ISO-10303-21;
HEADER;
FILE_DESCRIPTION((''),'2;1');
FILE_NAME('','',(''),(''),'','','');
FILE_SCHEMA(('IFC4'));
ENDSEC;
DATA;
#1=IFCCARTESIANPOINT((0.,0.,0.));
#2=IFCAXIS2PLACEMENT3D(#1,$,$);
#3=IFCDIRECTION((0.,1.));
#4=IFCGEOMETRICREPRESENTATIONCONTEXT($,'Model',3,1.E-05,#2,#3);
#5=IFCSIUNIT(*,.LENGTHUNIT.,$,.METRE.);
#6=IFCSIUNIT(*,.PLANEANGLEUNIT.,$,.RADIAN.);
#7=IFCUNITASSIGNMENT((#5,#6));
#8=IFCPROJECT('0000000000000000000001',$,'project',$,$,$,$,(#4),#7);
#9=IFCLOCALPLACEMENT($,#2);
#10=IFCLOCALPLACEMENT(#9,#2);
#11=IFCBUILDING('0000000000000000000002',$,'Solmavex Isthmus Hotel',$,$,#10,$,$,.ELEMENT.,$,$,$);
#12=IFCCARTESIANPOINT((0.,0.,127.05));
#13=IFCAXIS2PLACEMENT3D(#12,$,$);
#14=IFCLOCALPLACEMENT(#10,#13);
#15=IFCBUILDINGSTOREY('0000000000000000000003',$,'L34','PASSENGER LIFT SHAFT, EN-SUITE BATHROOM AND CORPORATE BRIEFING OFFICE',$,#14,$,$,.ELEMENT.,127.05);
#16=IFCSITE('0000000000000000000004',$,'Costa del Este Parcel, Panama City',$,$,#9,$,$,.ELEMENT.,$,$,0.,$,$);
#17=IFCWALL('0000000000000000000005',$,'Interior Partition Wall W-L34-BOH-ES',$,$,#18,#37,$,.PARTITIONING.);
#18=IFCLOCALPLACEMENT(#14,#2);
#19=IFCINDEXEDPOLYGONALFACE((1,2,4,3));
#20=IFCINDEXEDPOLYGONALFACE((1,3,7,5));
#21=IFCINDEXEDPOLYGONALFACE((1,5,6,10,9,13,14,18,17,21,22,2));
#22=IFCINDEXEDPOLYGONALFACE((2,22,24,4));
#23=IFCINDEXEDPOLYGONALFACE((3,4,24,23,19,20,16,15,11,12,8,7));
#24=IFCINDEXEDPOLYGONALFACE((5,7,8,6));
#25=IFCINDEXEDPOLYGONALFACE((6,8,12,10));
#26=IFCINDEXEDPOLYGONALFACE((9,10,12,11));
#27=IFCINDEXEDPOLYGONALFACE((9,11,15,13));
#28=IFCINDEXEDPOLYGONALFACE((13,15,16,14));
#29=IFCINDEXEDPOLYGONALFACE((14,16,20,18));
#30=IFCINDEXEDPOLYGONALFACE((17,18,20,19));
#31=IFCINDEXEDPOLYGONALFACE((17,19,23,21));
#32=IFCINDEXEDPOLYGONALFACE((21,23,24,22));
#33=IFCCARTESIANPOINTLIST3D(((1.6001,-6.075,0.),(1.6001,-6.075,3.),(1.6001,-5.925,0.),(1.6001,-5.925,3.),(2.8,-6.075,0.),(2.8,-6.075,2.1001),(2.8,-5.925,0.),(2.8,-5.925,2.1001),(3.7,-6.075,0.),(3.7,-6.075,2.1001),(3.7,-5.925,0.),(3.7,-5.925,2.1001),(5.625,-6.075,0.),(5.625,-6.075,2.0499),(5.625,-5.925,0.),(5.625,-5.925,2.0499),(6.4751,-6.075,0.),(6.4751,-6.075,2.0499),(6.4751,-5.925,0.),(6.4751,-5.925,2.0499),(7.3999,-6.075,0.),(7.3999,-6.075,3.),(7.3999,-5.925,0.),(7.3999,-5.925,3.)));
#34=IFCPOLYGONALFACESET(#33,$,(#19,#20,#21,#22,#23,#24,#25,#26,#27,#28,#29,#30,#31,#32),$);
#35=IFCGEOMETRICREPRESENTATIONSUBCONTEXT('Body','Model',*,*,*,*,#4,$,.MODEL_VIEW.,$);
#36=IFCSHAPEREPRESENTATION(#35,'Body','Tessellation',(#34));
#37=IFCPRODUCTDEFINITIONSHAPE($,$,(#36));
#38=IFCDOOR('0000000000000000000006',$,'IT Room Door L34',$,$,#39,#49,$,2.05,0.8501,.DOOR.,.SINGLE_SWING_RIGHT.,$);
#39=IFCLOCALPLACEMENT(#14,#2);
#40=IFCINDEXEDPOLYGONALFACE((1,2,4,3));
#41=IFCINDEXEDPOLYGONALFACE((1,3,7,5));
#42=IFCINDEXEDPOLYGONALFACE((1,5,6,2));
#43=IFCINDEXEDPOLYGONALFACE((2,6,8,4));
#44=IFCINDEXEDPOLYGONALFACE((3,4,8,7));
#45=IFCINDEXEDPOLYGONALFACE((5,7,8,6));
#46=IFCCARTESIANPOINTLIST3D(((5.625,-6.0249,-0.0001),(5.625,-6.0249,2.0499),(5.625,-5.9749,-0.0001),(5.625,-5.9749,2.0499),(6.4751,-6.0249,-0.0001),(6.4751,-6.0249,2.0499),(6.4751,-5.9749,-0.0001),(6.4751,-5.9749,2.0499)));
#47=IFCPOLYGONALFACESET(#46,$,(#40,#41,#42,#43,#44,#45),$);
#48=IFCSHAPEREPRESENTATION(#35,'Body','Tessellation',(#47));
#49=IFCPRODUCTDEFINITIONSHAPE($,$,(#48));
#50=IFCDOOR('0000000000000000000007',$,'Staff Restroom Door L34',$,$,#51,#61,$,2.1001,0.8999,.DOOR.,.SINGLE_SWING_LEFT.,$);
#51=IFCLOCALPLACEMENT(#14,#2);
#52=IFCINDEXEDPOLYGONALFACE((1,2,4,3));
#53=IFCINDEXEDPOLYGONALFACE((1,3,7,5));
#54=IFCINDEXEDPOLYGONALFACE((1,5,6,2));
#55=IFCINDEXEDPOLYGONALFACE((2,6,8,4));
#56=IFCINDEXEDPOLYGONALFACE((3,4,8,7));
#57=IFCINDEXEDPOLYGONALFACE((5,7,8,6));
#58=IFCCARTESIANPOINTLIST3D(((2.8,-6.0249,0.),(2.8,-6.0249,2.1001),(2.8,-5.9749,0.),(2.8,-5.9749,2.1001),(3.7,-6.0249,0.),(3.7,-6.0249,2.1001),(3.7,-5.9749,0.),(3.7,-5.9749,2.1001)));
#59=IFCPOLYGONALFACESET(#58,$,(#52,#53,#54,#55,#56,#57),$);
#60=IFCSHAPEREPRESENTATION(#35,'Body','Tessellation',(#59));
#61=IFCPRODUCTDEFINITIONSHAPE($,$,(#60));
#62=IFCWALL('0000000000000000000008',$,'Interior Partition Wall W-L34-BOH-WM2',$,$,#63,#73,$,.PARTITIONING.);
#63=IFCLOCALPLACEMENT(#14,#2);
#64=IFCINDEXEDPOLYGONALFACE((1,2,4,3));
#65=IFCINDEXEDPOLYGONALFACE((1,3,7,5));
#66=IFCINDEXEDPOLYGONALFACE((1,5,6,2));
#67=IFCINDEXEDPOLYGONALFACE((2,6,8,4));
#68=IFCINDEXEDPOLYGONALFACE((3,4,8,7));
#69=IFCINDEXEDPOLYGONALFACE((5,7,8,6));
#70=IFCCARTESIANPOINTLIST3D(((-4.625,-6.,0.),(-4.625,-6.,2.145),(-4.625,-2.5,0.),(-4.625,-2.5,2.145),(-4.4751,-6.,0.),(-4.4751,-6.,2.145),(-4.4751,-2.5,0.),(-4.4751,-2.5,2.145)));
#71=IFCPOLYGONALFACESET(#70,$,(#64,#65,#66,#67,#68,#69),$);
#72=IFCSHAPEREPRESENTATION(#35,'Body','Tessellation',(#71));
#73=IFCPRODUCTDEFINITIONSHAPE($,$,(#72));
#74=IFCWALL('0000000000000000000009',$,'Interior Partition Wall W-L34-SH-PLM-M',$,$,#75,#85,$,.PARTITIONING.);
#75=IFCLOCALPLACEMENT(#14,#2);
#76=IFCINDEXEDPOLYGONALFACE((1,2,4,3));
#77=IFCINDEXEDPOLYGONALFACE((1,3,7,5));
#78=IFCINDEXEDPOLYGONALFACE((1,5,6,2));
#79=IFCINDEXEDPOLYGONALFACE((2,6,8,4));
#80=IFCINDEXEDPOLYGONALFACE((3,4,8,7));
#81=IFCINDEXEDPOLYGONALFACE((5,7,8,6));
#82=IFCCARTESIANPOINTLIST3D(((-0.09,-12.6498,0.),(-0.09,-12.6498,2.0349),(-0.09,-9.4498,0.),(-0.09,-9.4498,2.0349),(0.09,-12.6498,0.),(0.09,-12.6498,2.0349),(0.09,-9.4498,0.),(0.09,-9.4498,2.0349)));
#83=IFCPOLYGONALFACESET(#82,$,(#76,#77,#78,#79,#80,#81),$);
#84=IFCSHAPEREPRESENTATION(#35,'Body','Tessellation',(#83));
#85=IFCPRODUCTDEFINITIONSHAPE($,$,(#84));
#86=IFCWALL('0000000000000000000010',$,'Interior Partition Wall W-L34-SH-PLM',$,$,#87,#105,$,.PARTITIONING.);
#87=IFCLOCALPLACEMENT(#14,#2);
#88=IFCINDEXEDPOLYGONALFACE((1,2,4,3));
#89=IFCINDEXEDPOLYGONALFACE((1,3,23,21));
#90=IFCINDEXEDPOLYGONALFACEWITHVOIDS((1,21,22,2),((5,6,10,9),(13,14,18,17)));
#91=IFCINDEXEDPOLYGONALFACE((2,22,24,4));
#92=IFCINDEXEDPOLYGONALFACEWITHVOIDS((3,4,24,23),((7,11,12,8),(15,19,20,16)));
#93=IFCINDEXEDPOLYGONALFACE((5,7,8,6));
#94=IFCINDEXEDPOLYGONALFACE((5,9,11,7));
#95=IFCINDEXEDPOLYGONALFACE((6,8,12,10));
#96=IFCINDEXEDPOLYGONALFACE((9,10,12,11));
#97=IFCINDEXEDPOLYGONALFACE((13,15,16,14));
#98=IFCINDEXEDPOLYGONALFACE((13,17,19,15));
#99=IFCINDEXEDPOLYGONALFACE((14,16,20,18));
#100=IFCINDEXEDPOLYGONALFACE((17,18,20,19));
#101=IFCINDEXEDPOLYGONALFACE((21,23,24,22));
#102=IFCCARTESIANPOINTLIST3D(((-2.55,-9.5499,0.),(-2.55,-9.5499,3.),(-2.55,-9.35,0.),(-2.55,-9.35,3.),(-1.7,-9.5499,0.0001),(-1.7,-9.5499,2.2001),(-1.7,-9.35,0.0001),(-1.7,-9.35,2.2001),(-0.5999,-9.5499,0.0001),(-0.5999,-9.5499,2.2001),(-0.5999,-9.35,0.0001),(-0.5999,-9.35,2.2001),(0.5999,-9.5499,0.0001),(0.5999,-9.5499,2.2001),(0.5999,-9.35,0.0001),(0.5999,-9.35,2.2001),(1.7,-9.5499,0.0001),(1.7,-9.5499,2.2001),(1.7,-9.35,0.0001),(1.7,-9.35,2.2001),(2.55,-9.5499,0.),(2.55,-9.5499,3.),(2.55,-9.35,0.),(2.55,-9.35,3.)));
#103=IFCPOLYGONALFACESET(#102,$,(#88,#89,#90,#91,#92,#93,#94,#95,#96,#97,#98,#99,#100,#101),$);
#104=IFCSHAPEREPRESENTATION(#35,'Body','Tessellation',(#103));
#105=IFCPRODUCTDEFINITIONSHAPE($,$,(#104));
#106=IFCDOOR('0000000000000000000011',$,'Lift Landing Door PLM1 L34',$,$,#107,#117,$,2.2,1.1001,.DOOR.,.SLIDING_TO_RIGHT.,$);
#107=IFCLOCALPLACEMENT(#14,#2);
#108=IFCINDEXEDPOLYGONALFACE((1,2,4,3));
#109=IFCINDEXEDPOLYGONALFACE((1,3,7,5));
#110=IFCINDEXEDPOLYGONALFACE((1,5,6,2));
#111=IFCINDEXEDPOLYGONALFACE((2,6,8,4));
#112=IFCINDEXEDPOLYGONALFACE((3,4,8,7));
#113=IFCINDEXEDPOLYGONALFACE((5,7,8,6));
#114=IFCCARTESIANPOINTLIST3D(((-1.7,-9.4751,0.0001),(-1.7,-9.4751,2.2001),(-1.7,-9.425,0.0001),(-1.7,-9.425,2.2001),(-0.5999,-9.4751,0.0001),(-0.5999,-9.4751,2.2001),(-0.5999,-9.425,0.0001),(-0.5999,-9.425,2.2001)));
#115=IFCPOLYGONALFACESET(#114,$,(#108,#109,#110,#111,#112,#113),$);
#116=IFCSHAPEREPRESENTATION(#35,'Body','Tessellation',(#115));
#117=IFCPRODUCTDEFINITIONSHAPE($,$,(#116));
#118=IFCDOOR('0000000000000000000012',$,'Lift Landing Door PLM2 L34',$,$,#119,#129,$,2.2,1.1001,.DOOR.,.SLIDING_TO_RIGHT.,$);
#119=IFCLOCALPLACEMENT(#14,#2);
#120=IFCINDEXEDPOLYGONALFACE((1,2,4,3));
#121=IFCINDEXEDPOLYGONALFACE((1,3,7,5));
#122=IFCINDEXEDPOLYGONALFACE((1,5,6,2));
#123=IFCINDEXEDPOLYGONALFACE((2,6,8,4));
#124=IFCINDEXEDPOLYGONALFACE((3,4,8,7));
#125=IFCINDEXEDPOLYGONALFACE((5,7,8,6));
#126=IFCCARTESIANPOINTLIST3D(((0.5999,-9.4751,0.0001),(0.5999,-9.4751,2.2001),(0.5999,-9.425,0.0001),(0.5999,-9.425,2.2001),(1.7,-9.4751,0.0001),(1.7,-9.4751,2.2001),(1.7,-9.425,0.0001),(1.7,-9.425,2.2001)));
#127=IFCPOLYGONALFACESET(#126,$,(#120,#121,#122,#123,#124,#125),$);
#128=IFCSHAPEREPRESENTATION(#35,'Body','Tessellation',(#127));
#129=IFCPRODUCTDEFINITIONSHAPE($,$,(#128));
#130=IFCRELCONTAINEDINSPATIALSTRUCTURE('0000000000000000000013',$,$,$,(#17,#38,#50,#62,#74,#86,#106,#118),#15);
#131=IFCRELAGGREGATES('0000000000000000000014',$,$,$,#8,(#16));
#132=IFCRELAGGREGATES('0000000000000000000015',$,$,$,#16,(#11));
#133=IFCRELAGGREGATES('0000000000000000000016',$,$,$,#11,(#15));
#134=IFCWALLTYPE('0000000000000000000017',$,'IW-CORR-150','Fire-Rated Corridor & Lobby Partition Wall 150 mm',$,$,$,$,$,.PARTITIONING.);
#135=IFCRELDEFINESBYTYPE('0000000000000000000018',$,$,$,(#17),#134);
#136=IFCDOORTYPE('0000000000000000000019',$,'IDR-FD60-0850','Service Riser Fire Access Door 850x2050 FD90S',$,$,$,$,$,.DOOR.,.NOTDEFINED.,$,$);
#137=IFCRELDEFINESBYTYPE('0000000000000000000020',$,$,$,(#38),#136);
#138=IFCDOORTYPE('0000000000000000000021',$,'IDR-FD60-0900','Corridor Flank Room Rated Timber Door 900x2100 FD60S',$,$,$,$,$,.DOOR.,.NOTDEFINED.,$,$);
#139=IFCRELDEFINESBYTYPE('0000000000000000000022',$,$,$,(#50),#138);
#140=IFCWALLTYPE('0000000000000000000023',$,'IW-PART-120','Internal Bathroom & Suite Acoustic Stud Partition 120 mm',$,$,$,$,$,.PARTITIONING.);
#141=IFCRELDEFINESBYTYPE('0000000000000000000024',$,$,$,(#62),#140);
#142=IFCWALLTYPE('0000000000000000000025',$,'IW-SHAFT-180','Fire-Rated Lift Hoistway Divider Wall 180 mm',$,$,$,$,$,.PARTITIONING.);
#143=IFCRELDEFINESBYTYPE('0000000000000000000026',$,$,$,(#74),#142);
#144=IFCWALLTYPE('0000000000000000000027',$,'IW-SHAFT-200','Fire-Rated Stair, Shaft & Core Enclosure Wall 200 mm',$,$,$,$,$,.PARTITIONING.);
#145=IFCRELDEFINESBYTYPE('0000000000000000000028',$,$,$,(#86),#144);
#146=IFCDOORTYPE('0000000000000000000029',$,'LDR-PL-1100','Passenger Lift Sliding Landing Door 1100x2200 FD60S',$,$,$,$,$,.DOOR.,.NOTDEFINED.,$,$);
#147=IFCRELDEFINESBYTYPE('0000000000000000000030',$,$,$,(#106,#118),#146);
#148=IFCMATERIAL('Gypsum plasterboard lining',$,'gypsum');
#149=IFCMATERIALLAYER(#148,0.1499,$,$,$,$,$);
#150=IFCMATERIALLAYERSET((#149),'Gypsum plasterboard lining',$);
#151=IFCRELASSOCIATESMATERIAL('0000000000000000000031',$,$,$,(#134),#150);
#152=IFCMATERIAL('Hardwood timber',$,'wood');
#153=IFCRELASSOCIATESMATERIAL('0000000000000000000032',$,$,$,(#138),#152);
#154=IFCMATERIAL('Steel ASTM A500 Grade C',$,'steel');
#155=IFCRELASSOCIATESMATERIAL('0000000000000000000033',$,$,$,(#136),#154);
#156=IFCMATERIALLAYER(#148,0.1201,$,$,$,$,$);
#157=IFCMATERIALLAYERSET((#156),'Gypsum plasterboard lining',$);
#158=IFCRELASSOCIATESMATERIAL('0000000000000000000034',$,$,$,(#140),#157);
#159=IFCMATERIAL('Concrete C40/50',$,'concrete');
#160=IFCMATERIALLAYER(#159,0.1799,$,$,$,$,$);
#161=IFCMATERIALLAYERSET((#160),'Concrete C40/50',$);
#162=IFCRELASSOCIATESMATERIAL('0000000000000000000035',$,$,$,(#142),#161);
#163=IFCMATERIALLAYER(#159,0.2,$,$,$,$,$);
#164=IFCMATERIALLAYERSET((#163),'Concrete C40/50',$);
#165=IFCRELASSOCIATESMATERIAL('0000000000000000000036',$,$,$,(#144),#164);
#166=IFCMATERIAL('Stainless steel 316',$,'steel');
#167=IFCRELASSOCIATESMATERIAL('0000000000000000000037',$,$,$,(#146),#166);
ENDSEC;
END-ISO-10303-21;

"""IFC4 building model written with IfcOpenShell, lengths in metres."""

from ifc_helpers import new_model, si_unit, direction, frame, frame_2d, origin, place, context, subcontext, project, spatial, rectangle, extrude, material, layer, layer_set, type_object, element, fill, save


model = new_model("IFC4")

# Units and contexts
model_context = context("Model", 3, precision=1e-05, world=origin(), true_north=direction((0.0, 1.0)))
body_context = subcontext(model_context, "Body", "Model", "MODEL_VIEW")
ifc_project = project(units=[si_unit("LENGTHUNIT", "METRE"), si_unit("PLANEANGLEUNIT", "RADIAN")], contexts=[model_context])

# Site, building, storey
site_placement = place(None, origin())
site = spatial("IfcSite", under=ifc_project, at=site_placement, Name="Costa del Este Parcel, Panama City", CompositionType="ELEMENT", RefElevation=0.0)
building_placement = place(site_placement, origin())
building = spatial("IfcBuilding", under=site, at=building_placement, Name="Solmavex Isthmus Hotel", CompositionType="ELEMENT")
storey_placement = place(building_placement, frame((0.0, 0.0, 127.05)))
storey = spatial("IfcBuildingStorey", under=building, at=storey_placement, Name="L34", Description="PASSENGER LIFT SHAFT, EN-SUITE BATHROOM AND CORPORATE BRIEFING OFFICE", CompositionType="ELEMENT", Elevation=127.05)

# Shared definitions
ifc_material_1 = material(Name="Gypsum plasterboard lining", Category="gypsum")

# Shared definitions
ifc_layer_1 = layer(ifc_material_1, 0.1499)
ifc_layer_set_1 = layer_set([ifc_layer_1], Name="Gypsum plasterboard lining")
wall_type_1 = type_object("IfcWallType", Name="IW-CORR-150", Description="Fire-Rated Corridor & Lobby Partition Wall 150 mm", PredefinedType="PARTITIONING", material=ifc_layer_set_1)
ifc_material_2 = material(Name="Hardwood timber", Category="wood")
door_type_1 = type_object("IfcDoorType", Name="IDR-FD60-0900", Description="Corridor Flank Room Rated Timber Door 900x2100 FD60S", OperationType="NOTDEFINED", PredefinedType="DOOR", material=ifc_material_2)

# Wall, openings, doors
wall_1_placement = place(storey_placement, frame((1.6001, -6.0, 0.0), z_axis=(0.0, 0.0, 1.0), x_axis=(1.0, 0.0, 0.0)))
wall_1 = element("IfcWall", 1, at=wall_1_placement, inside=storey, type_object=wall_type_1, Name="Interior Partition Wall W-L34-BOH-ES", PredefinedType="PARTITIONING", context=body_context, shape_type="SweptSolid", body=[
    extrude(rectangle(XDim=5.7998, YDim=0.1499, at=frame_2d((2.8999, 0.0))), origin(), (0.0, 0.0, 1.0), 3.0),
])
opening_1_placement = place(wall_1_placement, frame((1.2, 0.0, 0.0)))
opening_1 = element("IfcOpeningElement", 2, at=opening_1_placement, cuts=wall_1, PredefinedType="OPENING", context=body_context, shape_type="SweptSolid", body=[
    extrude(rectangle(XDim=0.8999, YDim=2.1001, at=frame_2d((0.45, 1.05))), frame((0.0, 0.085, 0.0), z_axis=(0.0, -1.0, 0.0), x_axis=(1.0, 0.0, 0.0)), (0.0, 0.0, 1.0), 0.1699),
])
opening_2_placement = place(wall_1_placement, frame((4.0249, 0.0, 0.0)))
opening_2 = element("IfcOpeningElement", 3, at=opening_2_placement, cuts=wall_1, PredefinedType="OPENING", context=body_context, shape_type="SweptSolid", body=[
    extrude(rectangle(XDim=0.8501, YDim=2.05, at=frame_2d((0.425, 1.0249))), frame((0.0, 0.085, 0.0), z_axis=(0.0, -1.0, 0.0), x_axis=(1.0, 0.0, 0.0)), (0.0, 0.0, 1.0), 0.1699),
])
ifc_material_3 = material(Name="Steel ASTM A500 Grade C", Category="steel")
door_type_2 = type_object("IfcDoorType", Name="IDR-FD60-0850", Description="Service Riser Fire Access Door 850x2050 FD90S", OperationType="NOTDEFINED", PredefinedType="DOOR", material=ifc_material_3)
door_1_placement = place(opening_2_placement, frame((0.8501, 0.0, 0.0), z_axis=(0.0, 0.0, 1.0), x_axis=(-1.0, 0.0, 0.0)))
door_1 = element("IfcDoor", 4, at=door_1_placement, inside=storey, type_object=door_type_2, Name="IT Room Door L34", OperationType="SINGLE_SWING_RIGHT", OverallHeight=2.05, OverallWidth=0.8501, PredefinedType="DOOR", context=body_context, shape_type="SweptSolid", body=[
    extrude(rectangle(XDim=0.8501, YDim=2.05, at=frame_2d((0.425, 1.0249))), frame((0.0, 0.0249, 0.0), z_axis=(0.0, -1.0, 0.0), x_axis=(1.0, 0.0, 0.0)), (0.0, 0.0, 1.0), 0.05),
])
fill(opening_2, door_1)
door_2_placement = place(opening_1_placement, frame((0.8999, 0.0, 0.0), z_axis=(0.0, 0.0, 1.0), x_axis=(-1.0, 0.0, 0.0)))
door_2 = element("IfcDoor", 5, at=door_2_placement, inside=storey, type_object=door_type_1, Name="Staff Restroom Door L34", OperationType="SINGLE_SWING_LEFT", OverallHeight=2.1001, OverallWidth=0.8999, PredefinedType="DOOR", context=body_context, shape_type="SweptSolid", body=[
    extrude(rectangle(XDim=0.8999, YDim=2.1001, at=frame_2d((0.45, 1.05))), frame((0.0, 0.0249, 0.0), z_axis=(0.0, -1.0, 0.0), x_axis=(1.0, 0.0, 0.0)), (0.0, 0.0, 1.0), 0.05),
])
fill(opening_1, door_2)

# Walls
ifc_layer_2 = layer(ifc_material_1, 0.1201)
ifc_layer_set_2 = layer_set([ifc_layer_2], Name="Gypsum plasterboard lining")
wall_type_2 = type_object("IfcWallType", Name="IW-PART-120", Description="Internal Bathroom & Suite Acoustic Stud Partition 120 mm", PredefinedType="PARTITIONING", material=ifc_layer_set_2)
wall_2_placement = place(storey_placement, frame((-4.55, -6.0, 0.0), z_axis=(0.0, 0.0, 1.0), x_axis=(0.0, 1.0, 0.0)))
element("IfcWall", 6, at=wall_2_placement, inside=storey, type_object=wall_type_2, Name="Interior Partition Wall W-L34-BOH-WM2", PredefinedType="PARTITIONING", context=body_context, shape_type="SweptSolid", body=[
    extrude(rectangle(XDim=3.5, YDim=0.1499, at=frame_2d((1.75, 0.0))), origin(), (0.0, 0.0, 1.0), 2.145),
])
ifc_material_4 = material(Name="Concrete C40/50", Category="concrete")
ifc_layer_3 = layer(ifc_material_4, 0.1799)
ifc_layer_set_3 = layer_set([ifc_layer_3], Name="Concrete C40/50")
wall_type_3 = type_object("IfcWallType", Name="IW-SHAFT-180", Description="Fire-Rated Lift Hoistway Divider Wall 180 mm", PredefinedType="PARTITIONING", material=ifc_layer_set_3)
wall_3_placement = place(storey_placement, frame((0.0, -12.6499, 0.0), z_axis=(0.0, 0.0, 1.0), x_axis=(0.0, 1.0, 0.0)))
element("IfcWall", 7, at=wall_3_placement, inside=storey, type_object=wall_type_3, Name="Interior Partition Wall W-L34-SH-PLM-M", PredefinedType="PARTITIONING", context=body_context, shape_type="SweptSolid", body=[
    extrude(rectangle(XDim=3.2, YDim=0.1799, at=frame_2d((1.6001, 0.0))), origin(), (0.0, 0.0, 1.0), 2.0349),
])

# Wall, openings, doors
ifc_layer_4 = layer(ifc_material_4, 0.2)
ifc_layer_set_4 = layer_set([ifc_layer_4], Name="Concrete C40/50")
wall_type_4 = type_object("IfcWallType", Name="IW-SHAFT-200", Description="Fire-Rated Stair, Shaft & Core Enclosure Wall 200 mm", PredefinedType="PARTITIONING", material=ifc_layer_set_4)
wall_4_placement = place(storey_placement, frame((-2.55, -9.45, 0.0), z_axis=(0.0, 0.0, 1.0), x_axis=(1.0, 0.0, 0.0)))
wall_4 = element("IfcWall", 8, at=wall_4_placement, inside=storey, type_object=wall_type_4, Name="Interior Partition Wall W-L34-SH-PLM", PredefinedType="PARTITIONING", context=body_context, shape_type="SweptSolid", body=[
    extrude(rectangle(XDim=5.1001, YDim=0.2, at=frame_2d((2.55, 0.0))), origin(), (0.0, 0.0, 1.0), 3.0),
])
opening_3_placement = place(wall_4_placement, frame((0.8501, 0.0, 0.0)))
opening_3 = element("IfcOpeningElement", 9, at=opening_3_placement, cuts=wall_4, PredefinedType="OPENING", context=body_context, shape_type="SweptSolid", body=[
    extrude(rectangle(XDim=1.1001, YDim=2.2, at=frame_2d((0.55, 1.1001))), frame((0.0, 0.1099, 0.0), z_axis=(0.0, -1.0, 0.0), x_axis=(1.0, 0.0, 0.0)), (0.0, 0.0, 1.0), 0.22),
])
opening_4_placement = place(wall_4_placement, frame((3.1499, 0.0, 0.0)))
opening_4 = element("IfcOpeningElement", 10, at=opening_4_placement, cuts=wall_4, PredefinedType="OPENING", context=body_context, shape_type="SweptSolid", body=[
    extrude(rectangle(XDim=1.1001, YDim=2.2, at=frame_2d((0.55, 1.1001))), frame((0.0, 0.1099, 0.0), z_axis=(0.0, -1.0, 0.0), x_axis=(1.0, 0.0, 0.0)), (0.0, 0.0, 1.0), 0.22),
])
ifc_material_5 = material(Name="Stainless steel 316", Category="steel")
door_type_3 = type_object("IfcDoorType", Name="LDR-PL-1100", Description="Passenger Lift Sliding Landing Door 1100x2200 FD60S", OperationType="NOTDEFINED", PredefinedType="DOOR", material=ifc_material_5)
door_3_placement = place(opening_3_placement, origin())
door_3 = element("IfcDoor", 11, at=door_3_placement, inside=storey, type_object=door_type_3, Name="Lift Landing Door PLM1 L34", OperationType="SLIDING_TO_RIGHT", OverallHeight=2.2, OverallWidth=1.1001, PredefinedType="DOOR", context=body_context, shape_type="SweptSolid", body=[
    extrude(rectangle(XDim=1.1001, YDim=2.2, at=frame_2d((0.55, 1.1001))), frame((0.0, 0.0249, 0.0), z_axis=(0.0, -1.0, 0.0), x_axis=(1.0, 0.0, 0.0)), (0.0, 0.0, 1.0), 0.05),
])
fill(opening_3, door_3)
door_4_placement = place(opening_4_placement, origin())
door_4 = element("IfcDoor", 12, at=door_4_placement, inside=storey, type_object=door_type_3, Name="Lift Landing Door PLM2 L34", OperationType="SLIDING_TO_RIGHT", OverallHeight=2.2, OverallWidth=1.1001, PredefinedType="DOOR", context=body_context, shape_type="SweptSolid", body=[
    extrude(rectangle(XDim=1.1001, YDim=2.2, at=frame_2d((0.55, 1.1001))), frame((0.0, 0.0249, 0.0), z_axis=(0.0, -1.0, 0.0), x_axis=(1.0, 0.0, 0.0)), (0.0, 0.0, 1.0), 0.05),
])
fill(opening_4, door_4)

save(model, "model.ifc")
